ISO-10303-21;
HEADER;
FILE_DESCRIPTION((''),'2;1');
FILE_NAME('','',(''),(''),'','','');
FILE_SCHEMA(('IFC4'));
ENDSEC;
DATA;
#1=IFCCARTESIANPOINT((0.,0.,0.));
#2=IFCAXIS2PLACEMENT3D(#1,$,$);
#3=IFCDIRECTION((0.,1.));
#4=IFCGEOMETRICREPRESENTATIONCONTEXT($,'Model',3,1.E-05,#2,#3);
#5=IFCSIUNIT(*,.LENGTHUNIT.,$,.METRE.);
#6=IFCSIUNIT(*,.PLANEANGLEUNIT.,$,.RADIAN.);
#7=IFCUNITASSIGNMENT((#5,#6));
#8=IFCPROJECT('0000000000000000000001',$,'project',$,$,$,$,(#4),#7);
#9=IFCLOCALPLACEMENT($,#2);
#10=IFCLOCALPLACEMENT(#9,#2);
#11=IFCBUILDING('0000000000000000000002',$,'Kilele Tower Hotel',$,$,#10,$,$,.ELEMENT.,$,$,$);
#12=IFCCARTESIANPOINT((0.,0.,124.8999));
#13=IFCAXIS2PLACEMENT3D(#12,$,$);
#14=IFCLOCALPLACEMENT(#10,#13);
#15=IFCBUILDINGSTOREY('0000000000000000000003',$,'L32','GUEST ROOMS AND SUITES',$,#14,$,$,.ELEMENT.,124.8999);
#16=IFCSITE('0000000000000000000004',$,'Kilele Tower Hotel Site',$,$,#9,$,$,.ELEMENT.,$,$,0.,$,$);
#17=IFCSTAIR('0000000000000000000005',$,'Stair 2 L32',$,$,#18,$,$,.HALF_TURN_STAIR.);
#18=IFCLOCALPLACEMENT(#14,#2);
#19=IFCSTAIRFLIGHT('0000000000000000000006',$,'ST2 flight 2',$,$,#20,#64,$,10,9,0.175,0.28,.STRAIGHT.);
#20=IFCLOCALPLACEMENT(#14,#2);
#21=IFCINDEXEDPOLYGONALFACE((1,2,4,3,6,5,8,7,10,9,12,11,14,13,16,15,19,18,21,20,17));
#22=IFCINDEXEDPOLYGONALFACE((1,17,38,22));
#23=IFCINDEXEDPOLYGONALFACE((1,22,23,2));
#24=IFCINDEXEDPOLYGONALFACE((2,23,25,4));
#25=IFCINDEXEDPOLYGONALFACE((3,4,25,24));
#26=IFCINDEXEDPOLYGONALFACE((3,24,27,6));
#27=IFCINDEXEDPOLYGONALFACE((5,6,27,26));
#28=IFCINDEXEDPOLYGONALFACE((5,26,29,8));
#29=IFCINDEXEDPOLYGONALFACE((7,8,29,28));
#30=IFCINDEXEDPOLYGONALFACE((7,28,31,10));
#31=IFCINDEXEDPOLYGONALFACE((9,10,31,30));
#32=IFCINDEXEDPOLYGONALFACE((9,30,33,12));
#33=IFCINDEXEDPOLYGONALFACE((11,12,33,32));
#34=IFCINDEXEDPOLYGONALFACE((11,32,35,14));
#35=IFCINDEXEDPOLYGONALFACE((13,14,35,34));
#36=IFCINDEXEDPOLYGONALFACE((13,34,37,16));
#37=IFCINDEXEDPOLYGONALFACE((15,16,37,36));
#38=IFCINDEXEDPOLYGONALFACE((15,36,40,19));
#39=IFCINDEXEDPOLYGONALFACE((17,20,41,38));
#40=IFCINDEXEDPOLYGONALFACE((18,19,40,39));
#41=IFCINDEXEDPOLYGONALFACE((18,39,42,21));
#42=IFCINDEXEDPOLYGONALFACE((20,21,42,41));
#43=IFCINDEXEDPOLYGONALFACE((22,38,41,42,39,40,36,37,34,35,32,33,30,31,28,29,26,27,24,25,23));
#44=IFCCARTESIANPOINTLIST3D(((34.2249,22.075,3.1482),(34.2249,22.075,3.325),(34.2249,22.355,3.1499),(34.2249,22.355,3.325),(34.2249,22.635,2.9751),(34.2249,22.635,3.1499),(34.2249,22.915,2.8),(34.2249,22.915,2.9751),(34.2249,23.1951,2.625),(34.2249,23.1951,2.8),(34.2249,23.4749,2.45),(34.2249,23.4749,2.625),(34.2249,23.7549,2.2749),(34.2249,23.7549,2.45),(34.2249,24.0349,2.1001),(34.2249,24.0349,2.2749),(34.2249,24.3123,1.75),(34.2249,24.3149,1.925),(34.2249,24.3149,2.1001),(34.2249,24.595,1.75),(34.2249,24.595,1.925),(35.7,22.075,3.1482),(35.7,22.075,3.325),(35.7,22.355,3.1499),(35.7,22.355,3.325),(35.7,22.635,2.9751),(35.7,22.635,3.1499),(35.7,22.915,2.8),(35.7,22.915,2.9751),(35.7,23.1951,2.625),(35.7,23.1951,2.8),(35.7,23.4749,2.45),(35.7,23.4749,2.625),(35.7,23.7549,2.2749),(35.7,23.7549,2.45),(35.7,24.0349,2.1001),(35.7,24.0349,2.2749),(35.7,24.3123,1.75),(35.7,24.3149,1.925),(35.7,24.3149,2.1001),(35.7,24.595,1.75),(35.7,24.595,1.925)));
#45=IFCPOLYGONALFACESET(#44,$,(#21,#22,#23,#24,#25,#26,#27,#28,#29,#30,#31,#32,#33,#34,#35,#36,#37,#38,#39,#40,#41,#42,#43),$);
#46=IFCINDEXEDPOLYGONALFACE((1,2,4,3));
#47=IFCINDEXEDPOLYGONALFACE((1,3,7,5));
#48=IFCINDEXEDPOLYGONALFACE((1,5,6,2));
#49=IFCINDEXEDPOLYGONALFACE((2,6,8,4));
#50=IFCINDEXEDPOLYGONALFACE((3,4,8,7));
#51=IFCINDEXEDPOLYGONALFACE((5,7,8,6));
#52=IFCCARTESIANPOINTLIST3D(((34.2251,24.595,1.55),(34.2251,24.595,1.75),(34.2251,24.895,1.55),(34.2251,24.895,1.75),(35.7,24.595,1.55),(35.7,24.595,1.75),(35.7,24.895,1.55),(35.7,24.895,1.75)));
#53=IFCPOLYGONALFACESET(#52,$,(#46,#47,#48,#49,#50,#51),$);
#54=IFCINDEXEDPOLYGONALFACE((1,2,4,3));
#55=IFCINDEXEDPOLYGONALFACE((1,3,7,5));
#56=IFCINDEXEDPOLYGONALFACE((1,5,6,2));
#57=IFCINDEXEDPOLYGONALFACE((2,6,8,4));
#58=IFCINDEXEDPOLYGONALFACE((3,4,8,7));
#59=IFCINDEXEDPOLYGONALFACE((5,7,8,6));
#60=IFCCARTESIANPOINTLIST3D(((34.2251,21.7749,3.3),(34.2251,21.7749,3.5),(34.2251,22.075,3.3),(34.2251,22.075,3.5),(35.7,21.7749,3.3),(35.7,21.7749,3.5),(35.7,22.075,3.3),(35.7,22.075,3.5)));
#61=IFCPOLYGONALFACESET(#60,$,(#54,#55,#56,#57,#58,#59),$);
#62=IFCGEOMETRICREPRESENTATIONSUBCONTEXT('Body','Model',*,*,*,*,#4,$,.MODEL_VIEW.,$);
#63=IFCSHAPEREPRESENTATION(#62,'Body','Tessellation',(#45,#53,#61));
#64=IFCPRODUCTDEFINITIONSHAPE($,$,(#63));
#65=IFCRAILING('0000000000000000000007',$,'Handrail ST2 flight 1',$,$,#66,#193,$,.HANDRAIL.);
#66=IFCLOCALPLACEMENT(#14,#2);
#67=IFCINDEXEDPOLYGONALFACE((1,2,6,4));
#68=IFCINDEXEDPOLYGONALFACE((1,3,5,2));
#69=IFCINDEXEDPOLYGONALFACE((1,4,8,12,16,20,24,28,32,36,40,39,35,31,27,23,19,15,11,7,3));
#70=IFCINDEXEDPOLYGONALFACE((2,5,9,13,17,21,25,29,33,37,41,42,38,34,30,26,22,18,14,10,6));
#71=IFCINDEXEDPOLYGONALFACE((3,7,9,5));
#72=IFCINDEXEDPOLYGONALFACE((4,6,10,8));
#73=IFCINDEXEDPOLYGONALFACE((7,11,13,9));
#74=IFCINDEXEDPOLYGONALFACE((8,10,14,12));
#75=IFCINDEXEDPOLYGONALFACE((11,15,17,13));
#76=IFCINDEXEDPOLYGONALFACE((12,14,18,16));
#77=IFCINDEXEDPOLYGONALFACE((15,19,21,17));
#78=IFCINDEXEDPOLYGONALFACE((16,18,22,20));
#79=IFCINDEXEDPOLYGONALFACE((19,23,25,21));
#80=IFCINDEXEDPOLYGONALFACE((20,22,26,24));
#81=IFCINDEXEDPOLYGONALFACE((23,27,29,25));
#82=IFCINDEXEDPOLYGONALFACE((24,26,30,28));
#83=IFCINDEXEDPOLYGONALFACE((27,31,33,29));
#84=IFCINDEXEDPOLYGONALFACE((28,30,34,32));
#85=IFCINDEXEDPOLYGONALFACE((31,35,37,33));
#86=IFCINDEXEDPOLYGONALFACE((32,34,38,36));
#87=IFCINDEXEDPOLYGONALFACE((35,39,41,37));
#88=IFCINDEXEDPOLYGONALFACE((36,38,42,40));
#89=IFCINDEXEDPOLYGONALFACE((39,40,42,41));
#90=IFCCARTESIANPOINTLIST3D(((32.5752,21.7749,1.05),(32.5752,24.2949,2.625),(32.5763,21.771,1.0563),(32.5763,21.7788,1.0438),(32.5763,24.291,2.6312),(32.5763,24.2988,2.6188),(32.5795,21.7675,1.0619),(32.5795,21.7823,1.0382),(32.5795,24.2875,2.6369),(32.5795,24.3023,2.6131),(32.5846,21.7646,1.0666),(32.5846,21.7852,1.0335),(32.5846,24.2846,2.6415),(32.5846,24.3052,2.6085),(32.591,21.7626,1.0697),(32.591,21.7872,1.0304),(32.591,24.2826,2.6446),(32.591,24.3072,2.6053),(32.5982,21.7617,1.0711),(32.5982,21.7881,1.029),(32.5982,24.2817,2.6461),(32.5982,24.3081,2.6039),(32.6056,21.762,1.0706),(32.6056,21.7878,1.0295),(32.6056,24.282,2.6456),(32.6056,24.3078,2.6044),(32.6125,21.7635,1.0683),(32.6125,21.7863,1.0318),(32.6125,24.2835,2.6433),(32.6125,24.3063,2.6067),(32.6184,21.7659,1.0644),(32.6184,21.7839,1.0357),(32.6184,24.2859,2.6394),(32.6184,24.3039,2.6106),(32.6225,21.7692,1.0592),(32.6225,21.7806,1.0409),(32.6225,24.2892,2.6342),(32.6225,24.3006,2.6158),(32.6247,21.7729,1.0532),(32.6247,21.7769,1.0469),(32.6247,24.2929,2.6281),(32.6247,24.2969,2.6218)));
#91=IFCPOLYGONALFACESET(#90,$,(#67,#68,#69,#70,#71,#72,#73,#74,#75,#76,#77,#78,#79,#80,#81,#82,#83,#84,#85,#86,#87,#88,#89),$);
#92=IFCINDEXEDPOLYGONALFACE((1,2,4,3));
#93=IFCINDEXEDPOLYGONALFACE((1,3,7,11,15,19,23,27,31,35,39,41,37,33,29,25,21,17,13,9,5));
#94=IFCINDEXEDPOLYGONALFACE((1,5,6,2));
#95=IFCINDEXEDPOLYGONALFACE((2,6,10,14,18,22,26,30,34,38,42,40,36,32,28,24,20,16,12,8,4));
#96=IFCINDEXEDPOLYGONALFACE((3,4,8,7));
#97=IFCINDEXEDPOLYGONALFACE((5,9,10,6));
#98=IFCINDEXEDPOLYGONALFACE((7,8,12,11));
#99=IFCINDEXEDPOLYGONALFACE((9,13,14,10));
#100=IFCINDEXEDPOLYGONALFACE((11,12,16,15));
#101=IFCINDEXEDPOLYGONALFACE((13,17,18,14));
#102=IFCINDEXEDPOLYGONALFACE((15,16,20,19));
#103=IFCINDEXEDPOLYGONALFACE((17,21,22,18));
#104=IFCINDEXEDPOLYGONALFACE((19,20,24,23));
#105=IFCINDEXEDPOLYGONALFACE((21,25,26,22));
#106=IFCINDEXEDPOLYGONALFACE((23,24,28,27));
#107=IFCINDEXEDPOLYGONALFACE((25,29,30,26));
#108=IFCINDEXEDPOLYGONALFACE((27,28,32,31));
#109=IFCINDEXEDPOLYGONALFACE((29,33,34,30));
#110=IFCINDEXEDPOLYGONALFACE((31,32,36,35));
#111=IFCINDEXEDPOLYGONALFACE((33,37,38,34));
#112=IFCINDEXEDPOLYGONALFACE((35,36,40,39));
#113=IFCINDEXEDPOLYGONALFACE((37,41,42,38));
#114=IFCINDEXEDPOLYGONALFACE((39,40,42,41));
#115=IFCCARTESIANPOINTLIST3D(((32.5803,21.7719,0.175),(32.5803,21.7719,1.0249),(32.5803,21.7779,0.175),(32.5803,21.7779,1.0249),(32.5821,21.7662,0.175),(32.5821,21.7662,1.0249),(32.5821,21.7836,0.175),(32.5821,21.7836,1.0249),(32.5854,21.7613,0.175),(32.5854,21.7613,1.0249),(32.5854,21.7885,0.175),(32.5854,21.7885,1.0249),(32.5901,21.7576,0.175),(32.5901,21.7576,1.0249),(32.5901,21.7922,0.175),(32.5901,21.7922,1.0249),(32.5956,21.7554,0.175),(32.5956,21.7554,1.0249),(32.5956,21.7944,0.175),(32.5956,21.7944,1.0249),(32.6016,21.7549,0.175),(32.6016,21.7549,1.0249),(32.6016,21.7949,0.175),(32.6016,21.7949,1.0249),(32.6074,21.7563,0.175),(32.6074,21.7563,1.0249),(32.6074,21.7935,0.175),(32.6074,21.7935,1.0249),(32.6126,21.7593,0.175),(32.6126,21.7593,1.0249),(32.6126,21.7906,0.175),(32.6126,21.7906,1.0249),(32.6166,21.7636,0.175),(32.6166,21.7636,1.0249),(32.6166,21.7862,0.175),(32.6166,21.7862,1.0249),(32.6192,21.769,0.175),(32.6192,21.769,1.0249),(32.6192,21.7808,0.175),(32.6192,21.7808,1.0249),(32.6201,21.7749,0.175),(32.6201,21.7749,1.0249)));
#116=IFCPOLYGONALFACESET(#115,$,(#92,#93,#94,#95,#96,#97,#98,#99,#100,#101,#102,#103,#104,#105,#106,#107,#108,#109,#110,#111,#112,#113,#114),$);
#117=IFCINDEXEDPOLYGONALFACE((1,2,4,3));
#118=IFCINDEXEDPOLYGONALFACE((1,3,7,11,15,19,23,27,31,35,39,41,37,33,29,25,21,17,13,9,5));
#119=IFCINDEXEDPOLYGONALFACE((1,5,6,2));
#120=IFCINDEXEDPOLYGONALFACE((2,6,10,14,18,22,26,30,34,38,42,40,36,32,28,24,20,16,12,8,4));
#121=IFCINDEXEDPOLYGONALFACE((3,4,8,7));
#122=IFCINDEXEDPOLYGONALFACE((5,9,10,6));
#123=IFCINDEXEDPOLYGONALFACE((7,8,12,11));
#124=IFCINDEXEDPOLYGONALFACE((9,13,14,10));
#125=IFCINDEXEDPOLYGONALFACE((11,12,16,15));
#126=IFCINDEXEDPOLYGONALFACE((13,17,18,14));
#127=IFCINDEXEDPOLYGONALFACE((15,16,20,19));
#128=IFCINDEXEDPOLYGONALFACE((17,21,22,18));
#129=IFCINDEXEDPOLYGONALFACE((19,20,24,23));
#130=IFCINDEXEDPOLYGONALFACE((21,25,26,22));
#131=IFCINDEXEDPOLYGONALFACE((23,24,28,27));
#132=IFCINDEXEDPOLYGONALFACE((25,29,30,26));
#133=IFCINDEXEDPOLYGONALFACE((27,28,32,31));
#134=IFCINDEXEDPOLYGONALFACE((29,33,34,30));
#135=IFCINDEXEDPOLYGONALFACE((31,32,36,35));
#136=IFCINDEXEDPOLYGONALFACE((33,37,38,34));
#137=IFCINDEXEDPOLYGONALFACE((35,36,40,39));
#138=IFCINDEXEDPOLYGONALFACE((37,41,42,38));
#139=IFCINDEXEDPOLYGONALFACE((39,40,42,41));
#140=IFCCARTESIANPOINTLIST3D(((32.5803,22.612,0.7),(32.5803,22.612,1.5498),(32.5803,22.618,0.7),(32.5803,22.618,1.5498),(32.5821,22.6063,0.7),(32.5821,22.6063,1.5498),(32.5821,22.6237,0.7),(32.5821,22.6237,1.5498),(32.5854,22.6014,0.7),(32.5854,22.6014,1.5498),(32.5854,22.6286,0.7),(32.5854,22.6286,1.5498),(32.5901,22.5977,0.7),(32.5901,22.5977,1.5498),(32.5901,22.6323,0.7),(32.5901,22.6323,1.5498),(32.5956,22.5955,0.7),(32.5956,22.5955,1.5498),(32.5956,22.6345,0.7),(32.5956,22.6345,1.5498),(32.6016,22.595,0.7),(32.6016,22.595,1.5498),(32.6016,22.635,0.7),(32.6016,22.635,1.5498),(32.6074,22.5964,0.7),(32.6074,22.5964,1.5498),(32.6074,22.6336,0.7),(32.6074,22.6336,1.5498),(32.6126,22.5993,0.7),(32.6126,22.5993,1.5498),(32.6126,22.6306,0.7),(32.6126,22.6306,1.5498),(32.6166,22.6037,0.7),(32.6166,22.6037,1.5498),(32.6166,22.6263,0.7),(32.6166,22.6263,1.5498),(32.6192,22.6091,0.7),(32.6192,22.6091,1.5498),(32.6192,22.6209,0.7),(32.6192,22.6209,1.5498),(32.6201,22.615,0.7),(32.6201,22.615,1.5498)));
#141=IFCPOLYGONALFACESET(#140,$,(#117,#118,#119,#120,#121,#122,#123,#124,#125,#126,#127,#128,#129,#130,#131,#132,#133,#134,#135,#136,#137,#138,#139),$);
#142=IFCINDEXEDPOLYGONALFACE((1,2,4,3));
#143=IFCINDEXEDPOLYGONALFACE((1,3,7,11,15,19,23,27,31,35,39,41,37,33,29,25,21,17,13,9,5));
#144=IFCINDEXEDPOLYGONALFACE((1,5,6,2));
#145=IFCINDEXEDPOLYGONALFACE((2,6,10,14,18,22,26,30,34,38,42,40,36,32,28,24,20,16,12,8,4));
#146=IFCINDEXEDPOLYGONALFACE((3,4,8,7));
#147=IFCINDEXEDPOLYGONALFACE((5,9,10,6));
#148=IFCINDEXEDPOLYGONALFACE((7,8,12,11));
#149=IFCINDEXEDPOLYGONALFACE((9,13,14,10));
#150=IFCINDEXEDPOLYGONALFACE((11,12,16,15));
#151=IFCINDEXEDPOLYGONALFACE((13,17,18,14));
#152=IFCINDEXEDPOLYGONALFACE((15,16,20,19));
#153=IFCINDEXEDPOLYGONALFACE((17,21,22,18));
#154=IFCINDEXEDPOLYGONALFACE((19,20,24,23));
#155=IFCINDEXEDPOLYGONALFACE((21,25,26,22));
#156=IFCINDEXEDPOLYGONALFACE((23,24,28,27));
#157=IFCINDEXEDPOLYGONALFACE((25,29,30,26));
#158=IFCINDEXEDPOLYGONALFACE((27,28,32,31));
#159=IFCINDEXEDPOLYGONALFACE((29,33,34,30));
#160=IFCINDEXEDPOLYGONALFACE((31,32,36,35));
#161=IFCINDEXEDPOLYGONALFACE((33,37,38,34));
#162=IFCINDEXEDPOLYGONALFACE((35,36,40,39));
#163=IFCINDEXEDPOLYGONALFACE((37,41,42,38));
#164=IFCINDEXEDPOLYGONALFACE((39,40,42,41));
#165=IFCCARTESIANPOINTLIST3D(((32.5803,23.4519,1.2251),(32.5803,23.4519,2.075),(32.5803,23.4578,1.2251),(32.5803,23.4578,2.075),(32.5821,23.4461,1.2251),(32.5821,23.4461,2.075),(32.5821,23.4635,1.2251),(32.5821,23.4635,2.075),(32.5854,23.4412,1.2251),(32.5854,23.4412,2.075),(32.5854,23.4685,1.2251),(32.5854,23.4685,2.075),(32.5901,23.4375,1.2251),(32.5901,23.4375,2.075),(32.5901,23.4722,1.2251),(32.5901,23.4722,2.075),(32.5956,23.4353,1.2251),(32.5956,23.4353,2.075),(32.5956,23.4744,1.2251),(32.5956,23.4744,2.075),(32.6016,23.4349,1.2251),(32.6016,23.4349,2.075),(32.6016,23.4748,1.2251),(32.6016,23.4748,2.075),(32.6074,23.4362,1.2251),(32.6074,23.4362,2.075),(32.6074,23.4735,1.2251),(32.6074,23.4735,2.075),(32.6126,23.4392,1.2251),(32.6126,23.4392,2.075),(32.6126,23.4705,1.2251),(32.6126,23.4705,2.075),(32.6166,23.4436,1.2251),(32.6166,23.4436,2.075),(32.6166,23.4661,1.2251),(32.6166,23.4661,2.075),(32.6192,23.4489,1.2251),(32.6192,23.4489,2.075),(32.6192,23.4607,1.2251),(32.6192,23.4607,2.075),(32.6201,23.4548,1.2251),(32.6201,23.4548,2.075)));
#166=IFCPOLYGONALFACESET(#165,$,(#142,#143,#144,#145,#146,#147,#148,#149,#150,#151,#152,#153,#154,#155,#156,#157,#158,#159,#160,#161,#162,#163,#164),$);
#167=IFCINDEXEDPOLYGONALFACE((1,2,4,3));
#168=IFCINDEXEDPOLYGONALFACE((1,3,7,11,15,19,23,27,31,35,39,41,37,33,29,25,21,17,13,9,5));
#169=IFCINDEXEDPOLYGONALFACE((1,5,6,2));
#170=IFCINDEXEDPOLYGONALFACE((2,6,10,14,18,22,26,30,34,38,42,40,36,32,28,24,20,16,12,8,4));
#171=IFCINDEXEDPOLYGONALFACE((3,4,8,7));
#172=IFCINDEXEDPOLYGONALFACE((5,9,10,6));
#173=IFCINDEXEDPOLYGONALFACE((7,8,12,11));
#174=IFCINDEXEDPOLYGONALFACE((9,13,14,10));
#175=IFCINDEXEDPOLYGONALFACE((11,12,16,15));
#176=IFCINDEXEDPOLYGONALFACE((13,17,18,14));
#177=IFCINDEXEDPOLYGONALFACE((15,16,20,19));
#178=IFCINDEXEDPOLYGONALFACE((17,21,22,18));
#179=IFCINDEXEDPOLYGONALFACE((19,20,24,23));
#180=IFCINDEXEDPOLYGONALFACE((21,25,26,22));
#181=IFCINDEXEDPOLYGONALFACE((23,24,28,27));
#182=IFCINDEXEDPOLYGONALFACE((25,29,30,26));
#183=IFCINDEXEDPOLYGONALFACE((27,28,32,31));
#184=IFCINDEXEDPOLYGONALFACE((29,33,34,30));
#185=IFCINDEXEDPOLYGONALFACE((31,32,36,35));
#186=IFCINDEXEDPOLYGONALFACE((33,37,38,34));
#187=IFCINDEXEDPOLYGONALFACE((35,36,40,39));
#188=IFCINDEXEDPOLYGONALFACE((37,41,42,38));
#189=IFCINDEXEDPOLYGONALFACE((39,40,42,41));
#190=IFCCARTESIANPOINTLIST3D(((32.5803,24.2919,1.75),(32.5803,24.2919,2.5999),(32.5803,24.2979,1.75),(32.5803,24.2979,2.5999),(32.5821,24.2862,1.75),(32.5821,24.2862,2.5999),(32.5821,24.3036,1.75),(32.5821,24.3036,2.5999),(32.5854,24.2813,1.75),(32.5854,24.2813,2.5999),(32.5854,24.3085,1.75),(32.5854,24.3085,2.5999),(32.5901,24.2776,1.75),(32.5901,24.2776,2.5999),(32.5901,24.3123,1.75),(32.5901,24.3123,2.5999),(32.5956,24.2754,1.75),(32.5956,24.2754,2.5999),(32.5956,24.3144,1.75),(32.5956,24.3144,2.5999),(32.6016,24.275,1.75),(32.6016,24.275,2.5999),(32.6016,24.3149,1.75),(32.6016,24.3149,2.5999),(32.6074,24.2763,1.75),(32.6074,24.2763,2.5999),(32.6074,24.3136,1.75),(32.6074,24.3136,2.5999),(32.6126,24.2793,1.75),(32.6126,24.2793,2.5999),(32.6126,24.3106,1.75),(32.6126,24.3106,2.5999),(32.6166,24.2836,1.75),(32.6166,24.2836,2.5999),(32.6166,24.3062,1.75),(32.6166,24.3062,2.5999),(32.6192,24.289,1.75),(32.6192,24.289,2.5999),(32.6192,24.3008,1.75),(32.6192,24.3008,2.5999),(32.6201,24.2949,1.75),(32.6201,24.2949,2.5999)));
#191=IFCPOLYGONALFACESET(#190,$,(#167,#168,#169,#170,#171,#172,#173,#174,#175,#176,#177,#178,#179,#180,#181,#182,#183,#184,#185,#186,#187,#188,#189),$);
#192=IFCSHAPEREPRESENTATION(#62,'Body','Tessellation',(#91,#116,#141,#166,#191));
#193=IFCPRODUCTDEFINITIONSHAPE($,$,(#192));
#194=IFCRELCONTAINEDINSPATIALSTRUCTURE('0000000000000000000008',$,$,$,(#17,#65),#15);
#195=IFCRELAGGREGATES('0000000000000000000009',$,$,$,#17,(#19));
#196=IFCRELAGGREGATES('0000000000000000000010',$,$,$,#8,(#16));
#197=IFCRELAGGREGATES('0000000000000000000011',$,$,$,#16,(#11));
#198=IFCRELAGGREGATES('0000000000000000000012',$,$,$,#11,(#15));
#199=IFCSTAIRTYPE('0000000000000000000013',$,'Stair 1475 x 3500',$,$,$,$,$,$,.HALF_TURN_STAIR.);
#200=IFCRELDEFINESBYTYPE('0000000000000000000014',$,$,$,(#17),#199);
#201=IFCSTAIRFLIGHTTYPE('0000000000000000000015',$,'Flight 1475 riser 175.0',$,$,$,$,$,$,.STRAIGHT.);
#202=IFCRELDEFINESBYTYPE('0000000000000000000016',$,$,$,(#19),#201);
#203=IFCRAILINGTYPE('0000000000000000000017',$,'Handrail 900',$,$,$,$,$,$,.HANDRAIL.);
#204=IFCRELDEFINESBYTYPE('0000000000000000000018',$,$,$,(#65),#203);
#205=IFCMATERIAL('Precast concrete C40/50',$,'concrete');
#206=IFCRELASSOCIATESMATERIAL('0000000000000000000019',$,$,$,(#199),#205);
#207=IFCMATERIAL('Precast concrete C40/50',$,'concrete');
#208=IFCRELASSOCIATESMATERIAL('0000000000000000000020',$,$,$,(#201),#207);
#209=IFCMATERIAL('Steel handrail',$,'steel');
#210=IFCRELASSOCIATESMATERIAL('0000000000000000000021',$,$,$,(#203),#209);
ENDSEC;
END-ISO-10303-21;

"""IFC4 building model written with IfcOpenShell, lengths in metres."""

from ifc_helpers import new_model, si_unit, direction, frame, origin, origin_2d, place, context, subcontext, project, spatial, polyline, circle, outline, extrude, material, type_object, element, aggregate, save


model = new_model("IFC4")

# Units and contexts
model_context = context("Model", 3, precision=1e-05, world=origin(), true_north=direction((0.0, 1.0)))
body_context = subcontext(model_context, "Body", "Model", "MODEL_VIEW")
ifc_project = project(units=[si_unit("LENGTHUNIT", "METRE"), si_unit("PLANEANGLEUNIT", "RADIAN")], contexts=[model_context])

# Site, building, storey
site_placement = place(None, origin())
site = spatial("IfcSite", under=ifc_project, at=site_placement, Name="Kilele Tower Hotel Site", CompositionType="ELEMENT", RefElevation=0.0)
building_placement = place(site_placement, origin())
building = spatial("IfcBuilding", under=site, at=building_placement, Name="Kilele Tower Hotel", CompositionType="ELEMENT")
storey_placement = place(building_placement, frame((0.0, 0.0, 124.8999)))
storey = spatial("IfcBuildingStorey", under=building, at=storey_placement, Name="L32", Description="GUEST ROOMS AND SUITES", CompositionType="ELEMENT", Elevation=124.8999)

# Stair, stair flight
ifc_material_1 = material(Name="Precast concrete C40/50", Category="concrete")
stair_type = type_object("IfcStairType", Name="Stair 1475 x 3500", PredefinedType="HALF_TURN_STAIR", material=ifc_material_1)
stair_placement = place(storey_placement, origin())
stair = element("IfcStair", 1, at=stair_placement, inside=storey, type_object=stair_type, Name="Stair 2 L32", PredefinedType="HALF_TURN_STAIR")
ifc_material_2 = material(Name="Precast concrete C40/50", Category="concrete")
stair_flight_type = type_object("IfcStairFlightType", Name="Flight 1475 riser 175.0", PredefinedType="STRAIGHT", material=ifc_material_2)
stair_flight_1_placement = place(storey_placement, frame((34.9624, 24.595, 1.75), z_axis=(0.0, 0.0, 1.0), x_axis=(0.0, -1.0, 0.0)))
stair_flight_1 = element("IfcStairFlight", 2, at=stair_flight_1_placement, type_object=stair_flight_type, Name="ST2 flight 2", NumberOfRisers=10, NumberOfTreads=9, PredefinedType="STRAIGHT", RiserHeight=0.175, TreadLength=0.28, context=body_context, shape_type="SweptSolid", body=[
    extrude(outline(polyline([(0.0, 0.0), (0.0, 0.175), (0.28, 0.175), (0.28, 0.3501), (0.5601, 0.3501), (0.5601, 0.5249), (0.8401, 0.5249), (0.8401, 0.7), (1.1201, 0.7), (1.1201, 0.875), (1.3999, 0.875), (1.3999, 1.05), (1.6799, 1.05), (1.6799, 1.2251), (1.96, 1.2251), (1.96, 1.3999), (2.24, 1.3999), (2.24, 1.575), (2.52, 1.575), (2.52, 1.75), (2.52, 1.3982), (0.2827, 0.0), (0.0, 0.0)])), frame((0.0, 0.7375, 0.0), z_axis=(0.0, -1.0, 0.0), x_axis=(1.0, 0.0, 0.0)), (0.0, 0.0, 1.0), 1.4751),
    extrude(outline(polyline([(0.0, -0.7373), (0.0, 0.7375), (-0.3, 0.7375), (-0.3, -0.7373), (0.0, -0.7373)])), frame((0.0, 0.0, -0.2)), (0.0, 0.0, 1.0), 0.2),
    extrude(outline(polyline([(2.8201, -0.7373), (2.8201, 0.7375), (2.52, 0.7375), (2.52, -0.7373), (2.8201, -0.7373)])), frame((0.0, 0.0, 1.55)), (0.0, 0.0, 1.0), 0.2),
])
aggregate(stair, [stair_flight_1])

# Railing
ifc_material_3 = material(Name="Steel handrail", Category="steel")
railing_type_1 = type_object("IfcRailingType", Name="Handrail 900", PredefinedType="HANDRAIL", material=ifc_material_3)
for number, where, name in (
    (3, (32.6001, 21.7749, 0.175), "Handrail ST2 flight 1"),
):
    element("IfcRailing", number, at=place(storey_placement, frame(where)), inside=storey, type_object=railing_type_1, Name=name, PredefinedType="HANDRAIL", context=body_context, shape_type="SweptSolid", body=[
        extrude(circle(Radius=0.0249, at=origin_2d()), frame((0.0, 0.0, 0.875), z_axis=(0.0, 0.848008, 0.529984), x_axis=(-1.0, 0.0, 0.0)), (0.0, 0.0, 1.0), 2.9717),
        extrude(circle(Radius=0.02, at=origin_2d()), origin(), (0.0, 0.0, 1.0), 0.8499),
        extrude(circle(Radius=0.02, at=origin_2d()), frame((0.0, 0.8401, 0.5249)), (0.0, 0.0, 1.0), 0.8499),
        extrude(circle(Radius=0.02, at=origin_2d()), frame((0.0, 1.6799, 1.05)), (0.0, 0.0, 1.0), 0.8499),
        extrude(circle(Radius=0.02, at=origin_2d()), frame((0.0, 2.52, 1.575)), (0.0, 0.0, 1.0), 0.8499),
    ])

save(model, "model.ifc")
